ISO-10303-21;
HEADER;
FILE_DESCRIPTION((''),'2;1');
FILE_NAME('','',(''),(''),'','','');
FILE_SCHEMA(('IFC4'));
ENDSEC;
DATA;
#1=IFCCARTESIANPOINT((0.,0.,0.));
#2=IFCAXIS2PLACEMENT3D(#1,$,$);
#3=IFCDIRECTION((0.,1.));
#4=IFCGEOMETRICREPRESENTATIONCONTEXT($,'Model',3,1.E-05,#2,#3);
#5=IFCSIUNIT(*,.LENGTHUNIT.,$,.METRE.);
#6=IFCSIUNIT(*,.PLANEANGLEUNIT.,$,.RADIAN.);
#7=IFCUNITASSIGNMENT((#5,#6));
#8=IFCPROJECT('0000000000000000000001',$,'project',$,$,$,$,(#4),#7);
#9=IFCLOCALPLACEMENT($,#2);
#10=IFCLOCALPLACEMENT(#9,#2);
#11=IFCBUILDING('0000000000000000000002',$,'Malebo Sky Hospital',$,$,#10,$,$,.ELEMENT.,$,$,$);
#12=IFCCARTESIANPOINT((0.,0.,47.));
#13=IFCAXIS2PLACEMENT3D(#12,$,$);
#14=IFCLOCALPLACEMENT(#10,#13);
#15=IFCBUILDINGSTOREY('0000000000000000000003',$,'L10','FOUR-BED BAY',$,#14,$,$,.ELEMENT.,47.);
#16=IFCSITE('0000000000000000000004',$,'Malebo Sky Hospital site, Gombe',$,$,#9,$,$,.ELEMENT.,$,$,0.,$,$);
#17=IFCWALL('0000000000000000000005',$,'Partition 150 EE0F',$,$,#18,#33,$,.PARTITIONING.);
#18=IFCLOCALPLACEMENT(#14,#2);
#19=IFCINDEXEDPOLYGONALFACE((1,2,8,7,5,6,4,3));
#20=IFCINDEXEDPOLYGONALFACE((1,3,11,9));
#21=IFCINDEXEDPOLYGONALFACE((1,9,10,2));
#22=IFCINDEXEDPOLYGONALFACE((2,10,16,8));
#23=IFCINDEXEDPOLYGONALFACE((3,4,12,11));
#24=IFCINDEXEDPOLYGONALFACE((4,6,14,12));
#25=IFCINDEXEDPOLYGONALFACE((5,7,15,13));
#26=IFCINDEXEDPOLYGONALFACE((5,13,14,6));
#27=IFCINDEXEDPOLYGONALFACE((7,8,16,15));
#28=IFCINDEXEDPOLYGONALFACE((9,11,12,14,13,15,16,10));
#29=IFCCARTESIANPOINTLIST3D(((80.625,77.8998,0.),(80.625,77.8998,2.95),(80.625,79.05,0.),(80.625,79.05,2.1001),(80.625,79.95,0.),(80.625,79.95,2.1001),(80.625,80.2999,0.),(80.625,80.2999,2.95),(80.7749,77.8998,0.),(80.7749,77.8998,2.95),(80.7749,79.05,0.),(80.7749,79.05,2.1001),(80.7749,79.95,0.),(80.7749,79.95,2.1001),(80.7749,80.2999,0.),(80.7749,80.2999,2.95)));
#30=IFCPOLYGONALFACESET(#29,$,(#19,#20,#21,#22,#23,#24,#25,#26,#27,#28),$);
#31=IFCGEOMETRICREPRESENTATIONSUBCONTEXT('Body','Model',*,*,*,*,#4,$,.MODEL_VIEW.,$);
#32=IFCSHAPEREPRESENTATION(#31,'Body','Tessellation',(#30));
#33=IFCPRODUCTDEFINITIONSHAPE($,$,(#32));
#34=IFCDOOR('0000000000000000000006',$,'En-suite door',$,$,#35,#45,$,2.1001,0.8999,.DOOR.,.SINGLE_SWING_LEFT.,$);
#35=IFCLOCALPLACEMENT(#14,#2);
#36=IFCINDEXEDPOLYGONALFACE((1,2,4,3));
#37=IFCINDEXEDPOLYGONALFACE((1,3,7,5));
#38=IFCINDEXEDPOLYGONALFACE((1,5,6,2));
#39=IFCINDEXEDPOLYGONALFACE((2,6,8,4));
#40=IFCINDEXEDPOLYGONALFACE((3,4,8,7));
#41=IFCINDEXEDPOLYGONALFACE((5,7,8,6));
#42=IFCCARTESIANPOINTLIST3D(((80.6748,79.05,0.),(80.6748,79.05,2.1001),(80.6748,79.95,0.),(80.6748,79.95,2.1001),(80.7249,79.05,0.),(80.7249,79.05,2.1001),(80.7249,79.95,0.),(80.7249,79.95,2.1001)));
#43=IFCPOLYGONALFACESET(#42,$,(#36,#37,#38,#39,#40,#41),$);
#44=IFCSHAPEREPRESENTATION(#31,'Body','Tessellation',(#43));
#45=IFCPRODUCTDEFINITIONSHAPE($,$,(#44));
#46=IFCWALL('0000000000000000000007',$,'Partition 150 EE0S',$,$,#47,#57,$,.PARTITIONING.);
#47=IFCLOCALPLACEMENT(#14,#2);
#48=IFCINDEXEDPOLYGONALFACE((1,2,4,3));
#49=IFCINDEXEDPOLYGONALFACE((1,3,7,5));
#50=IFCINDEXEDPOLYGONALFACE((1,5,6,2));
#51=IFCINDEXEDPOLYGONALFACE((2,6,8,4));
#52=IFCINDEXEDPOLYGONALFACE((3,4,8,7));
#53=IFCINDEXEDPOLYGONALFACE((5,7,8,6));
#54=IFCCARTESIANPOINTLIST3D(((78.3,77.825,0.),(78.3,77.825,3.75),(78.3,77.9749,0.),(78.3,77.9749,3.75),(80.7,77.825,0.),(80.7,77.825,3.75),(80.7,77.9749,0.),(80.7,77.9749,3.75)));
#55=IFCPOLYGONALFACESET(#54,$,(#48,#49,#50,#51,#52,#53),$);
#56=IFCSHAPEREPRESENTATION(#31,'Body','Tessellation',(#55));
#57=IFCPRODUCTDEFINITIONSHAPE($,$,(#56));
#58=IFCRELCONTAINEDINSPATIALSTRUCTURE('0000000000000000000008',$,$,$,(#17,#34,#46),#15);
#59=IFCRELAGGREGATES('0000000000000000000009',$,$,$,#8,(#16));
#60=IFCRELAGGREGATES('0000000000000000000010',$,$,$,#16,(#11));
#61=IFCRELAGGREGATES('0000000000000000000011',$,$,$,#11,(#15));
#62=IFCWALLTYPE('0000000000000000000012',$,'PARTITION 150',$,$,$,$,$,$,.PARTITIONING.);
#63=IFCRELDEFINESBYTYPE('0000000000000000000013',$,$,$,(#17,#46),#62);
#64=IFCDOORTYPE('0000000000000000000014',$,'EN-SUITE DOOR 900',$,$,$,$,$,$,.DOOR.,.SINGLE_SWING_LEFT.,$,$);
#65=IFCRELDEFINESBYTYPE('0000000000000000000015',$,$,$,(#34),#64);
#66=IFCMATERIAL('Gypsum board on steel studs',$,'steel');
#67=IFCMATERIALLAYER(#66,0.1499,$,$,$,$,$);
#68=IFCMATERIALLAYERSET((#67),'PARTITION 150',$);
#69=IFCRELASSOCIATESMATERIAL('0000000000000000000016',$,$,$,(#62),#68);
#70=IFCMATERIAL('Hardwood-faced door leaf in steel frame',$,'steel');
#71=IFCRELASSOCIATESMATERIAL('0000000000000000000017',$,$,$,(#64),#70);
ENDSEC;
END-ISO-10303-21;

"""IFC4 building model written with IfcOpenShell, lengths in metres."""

from ifc_helpers import new_model, si_unit, direction, frame, frame_2d, origin, place, context, subcontext, project, spatial, rectangle, extrude, material, layer, layer_set, type_object, element, fill, save


model = new_model("IFC4")

# Units and contexts
model_context = context("Model", 3, precision=1e-05, world=origin(), true_north=direction((0.0, 1.0)))
body_context = subcontext(model_context, "Body", "Model", "MODEL_VIEW")
ifc_project = project(units=[si_unit("LENGTHUNIT", "METRE"), si_unit("PLANEANGLEUNIT", "RADIAN")], contexts=[model_context])

# Site, building, storey
site_placement = place(None, origin())
site = spatial("IfcSite", under=ifc_project, at=site_placement, Name="Malebo Sky Hospital site, Gombe", CompositionType="ELEMENT", RefElevation=0.0)
building_placement = place(site_placement, origin())
building = spatial("IfcBuilding", under=site, at=building_placement, Name="Malebo Sky Hospital", CompositionType="ELEMENT")
storey_placement = place(building_placement, frame((0.0, 0.0, 47.0)))
storey = spatial("IfcBuildingStorey", under=building, at=storey_placement, Name="L10", Description="FOUR-BED BAY", CompositionType="ELEMENT", Elevation=47.0)

# Shared definitions
ifc_material_1 = material(Name="Gypsum board on steel studs", Category="steel")
ifc_material_2 = material(Name="Hardwood-faced door leaf in steel frame", Category="steel")

# Shared definitions
ifc_layer_1 = layer(ifc_material_1, 0.1499)
ifc_layer_set_1 = layer_set([ifc_layer_1], Name="PARTITION 150")
wall_type_1 = type_object("IfcWallType", Name="PARTITION 150", PredefinedType="PARTITIONING", material=ifc_layer_set_1)

# Wall, opening, door
wall_1_placement = place(storey_placement, frame((80.7, 80.3, 0.0), z_axis=(0.0, 0.0, 1.0), x_axis=(0.0, -1.0, 0.0)))
wall_1 = element("IfcWall", 1, at=wall_1_placement, inside=storey, type_object=wall_type_1, Name="Partition 150 EE0F", PredefinedType="PARTITIONING", context=body_context, shape_type="SweptSolid", body=[
    extrude(rectangle(XDim=2.4001, YDim=0.1499, at=frame_2d((1.2002, 0.0))), origin(), (0.0, 0.0, 1.0), 2.95),
])
opening_1_placement = place(wall_1_placement, frame((0.3501, 0.0, 0.0)))
opening_1 = element("IfcOpeningElement", 2, at=opening_1_placement, cuts=wall_1, PredefinedType="OPENING", context=body_context, shape_type="SweptSolid", body=[
    extrude(rectangle(XDim=0.8999, YDim=2.1001, at=frame_2d((0.45, 1.05))), frame((0.0, 0.085, 0.0), z_axis=(0.0, -1.0, 0.0), x_axis=(1.0, 0.0, 0.0)), (0.0, 0.0, 1.0), 0.1699),
])
door_type_1 = type_object("IfcDoorType", Name="EN-SUITE DOOR 900", OperationType="SINGLE_SWING_LEFT", PredefinedType="DOOR", material=ifc_material_2)
door_1_placement = place(opening_1_placement, origin())
door_1 = element("IfcDoor", 3, at=door_1_placement, inside=storey, type_object=door_type_1, Name="En-suite door", OperationType="SINGLE_SWING_LEFT", OverallHeight=2.1001, OverallWidth=0.8999, PredefinedType="DOOR", context=body_context, shape_type="SweptSolid", body=[
    extrude(rectangle(XDim=0.8999, YDim=2.1001, at=frame_2d((0.45, 1.05))), frame((0.0, 0.0249, 0.0), z_axis=(0.0, -1.0, 0.0), x_axis=(1.0, 0.0, 0.0)), (0.0, 0.0, 1.0), 0.05),
])
fill(opening_1, door_1)

# Wall
wall_2_placement = place(storey_placement, frame((78.3, 77.8999, 0.0), z_axis=(0.0, 0.0, 1.0), x_axis=(1.0, 0.0, 0.0)))
element("IfcWall", 4, at=wall_2_placement, inside=storey, type_object=wall_type_1, Name="Partition 150 EE0S", PredefinedType="PARTITIONING", context=body_context, shape_type="SweptSolid", body=[
    extrude(rectangle(XDim=2.3999, YDim=0.1499, at=frame_2d((1.2, 0.0))), origin(), (0.0, 0.0, 1.0), 3.75),
])

save(model, "model.ifc")
